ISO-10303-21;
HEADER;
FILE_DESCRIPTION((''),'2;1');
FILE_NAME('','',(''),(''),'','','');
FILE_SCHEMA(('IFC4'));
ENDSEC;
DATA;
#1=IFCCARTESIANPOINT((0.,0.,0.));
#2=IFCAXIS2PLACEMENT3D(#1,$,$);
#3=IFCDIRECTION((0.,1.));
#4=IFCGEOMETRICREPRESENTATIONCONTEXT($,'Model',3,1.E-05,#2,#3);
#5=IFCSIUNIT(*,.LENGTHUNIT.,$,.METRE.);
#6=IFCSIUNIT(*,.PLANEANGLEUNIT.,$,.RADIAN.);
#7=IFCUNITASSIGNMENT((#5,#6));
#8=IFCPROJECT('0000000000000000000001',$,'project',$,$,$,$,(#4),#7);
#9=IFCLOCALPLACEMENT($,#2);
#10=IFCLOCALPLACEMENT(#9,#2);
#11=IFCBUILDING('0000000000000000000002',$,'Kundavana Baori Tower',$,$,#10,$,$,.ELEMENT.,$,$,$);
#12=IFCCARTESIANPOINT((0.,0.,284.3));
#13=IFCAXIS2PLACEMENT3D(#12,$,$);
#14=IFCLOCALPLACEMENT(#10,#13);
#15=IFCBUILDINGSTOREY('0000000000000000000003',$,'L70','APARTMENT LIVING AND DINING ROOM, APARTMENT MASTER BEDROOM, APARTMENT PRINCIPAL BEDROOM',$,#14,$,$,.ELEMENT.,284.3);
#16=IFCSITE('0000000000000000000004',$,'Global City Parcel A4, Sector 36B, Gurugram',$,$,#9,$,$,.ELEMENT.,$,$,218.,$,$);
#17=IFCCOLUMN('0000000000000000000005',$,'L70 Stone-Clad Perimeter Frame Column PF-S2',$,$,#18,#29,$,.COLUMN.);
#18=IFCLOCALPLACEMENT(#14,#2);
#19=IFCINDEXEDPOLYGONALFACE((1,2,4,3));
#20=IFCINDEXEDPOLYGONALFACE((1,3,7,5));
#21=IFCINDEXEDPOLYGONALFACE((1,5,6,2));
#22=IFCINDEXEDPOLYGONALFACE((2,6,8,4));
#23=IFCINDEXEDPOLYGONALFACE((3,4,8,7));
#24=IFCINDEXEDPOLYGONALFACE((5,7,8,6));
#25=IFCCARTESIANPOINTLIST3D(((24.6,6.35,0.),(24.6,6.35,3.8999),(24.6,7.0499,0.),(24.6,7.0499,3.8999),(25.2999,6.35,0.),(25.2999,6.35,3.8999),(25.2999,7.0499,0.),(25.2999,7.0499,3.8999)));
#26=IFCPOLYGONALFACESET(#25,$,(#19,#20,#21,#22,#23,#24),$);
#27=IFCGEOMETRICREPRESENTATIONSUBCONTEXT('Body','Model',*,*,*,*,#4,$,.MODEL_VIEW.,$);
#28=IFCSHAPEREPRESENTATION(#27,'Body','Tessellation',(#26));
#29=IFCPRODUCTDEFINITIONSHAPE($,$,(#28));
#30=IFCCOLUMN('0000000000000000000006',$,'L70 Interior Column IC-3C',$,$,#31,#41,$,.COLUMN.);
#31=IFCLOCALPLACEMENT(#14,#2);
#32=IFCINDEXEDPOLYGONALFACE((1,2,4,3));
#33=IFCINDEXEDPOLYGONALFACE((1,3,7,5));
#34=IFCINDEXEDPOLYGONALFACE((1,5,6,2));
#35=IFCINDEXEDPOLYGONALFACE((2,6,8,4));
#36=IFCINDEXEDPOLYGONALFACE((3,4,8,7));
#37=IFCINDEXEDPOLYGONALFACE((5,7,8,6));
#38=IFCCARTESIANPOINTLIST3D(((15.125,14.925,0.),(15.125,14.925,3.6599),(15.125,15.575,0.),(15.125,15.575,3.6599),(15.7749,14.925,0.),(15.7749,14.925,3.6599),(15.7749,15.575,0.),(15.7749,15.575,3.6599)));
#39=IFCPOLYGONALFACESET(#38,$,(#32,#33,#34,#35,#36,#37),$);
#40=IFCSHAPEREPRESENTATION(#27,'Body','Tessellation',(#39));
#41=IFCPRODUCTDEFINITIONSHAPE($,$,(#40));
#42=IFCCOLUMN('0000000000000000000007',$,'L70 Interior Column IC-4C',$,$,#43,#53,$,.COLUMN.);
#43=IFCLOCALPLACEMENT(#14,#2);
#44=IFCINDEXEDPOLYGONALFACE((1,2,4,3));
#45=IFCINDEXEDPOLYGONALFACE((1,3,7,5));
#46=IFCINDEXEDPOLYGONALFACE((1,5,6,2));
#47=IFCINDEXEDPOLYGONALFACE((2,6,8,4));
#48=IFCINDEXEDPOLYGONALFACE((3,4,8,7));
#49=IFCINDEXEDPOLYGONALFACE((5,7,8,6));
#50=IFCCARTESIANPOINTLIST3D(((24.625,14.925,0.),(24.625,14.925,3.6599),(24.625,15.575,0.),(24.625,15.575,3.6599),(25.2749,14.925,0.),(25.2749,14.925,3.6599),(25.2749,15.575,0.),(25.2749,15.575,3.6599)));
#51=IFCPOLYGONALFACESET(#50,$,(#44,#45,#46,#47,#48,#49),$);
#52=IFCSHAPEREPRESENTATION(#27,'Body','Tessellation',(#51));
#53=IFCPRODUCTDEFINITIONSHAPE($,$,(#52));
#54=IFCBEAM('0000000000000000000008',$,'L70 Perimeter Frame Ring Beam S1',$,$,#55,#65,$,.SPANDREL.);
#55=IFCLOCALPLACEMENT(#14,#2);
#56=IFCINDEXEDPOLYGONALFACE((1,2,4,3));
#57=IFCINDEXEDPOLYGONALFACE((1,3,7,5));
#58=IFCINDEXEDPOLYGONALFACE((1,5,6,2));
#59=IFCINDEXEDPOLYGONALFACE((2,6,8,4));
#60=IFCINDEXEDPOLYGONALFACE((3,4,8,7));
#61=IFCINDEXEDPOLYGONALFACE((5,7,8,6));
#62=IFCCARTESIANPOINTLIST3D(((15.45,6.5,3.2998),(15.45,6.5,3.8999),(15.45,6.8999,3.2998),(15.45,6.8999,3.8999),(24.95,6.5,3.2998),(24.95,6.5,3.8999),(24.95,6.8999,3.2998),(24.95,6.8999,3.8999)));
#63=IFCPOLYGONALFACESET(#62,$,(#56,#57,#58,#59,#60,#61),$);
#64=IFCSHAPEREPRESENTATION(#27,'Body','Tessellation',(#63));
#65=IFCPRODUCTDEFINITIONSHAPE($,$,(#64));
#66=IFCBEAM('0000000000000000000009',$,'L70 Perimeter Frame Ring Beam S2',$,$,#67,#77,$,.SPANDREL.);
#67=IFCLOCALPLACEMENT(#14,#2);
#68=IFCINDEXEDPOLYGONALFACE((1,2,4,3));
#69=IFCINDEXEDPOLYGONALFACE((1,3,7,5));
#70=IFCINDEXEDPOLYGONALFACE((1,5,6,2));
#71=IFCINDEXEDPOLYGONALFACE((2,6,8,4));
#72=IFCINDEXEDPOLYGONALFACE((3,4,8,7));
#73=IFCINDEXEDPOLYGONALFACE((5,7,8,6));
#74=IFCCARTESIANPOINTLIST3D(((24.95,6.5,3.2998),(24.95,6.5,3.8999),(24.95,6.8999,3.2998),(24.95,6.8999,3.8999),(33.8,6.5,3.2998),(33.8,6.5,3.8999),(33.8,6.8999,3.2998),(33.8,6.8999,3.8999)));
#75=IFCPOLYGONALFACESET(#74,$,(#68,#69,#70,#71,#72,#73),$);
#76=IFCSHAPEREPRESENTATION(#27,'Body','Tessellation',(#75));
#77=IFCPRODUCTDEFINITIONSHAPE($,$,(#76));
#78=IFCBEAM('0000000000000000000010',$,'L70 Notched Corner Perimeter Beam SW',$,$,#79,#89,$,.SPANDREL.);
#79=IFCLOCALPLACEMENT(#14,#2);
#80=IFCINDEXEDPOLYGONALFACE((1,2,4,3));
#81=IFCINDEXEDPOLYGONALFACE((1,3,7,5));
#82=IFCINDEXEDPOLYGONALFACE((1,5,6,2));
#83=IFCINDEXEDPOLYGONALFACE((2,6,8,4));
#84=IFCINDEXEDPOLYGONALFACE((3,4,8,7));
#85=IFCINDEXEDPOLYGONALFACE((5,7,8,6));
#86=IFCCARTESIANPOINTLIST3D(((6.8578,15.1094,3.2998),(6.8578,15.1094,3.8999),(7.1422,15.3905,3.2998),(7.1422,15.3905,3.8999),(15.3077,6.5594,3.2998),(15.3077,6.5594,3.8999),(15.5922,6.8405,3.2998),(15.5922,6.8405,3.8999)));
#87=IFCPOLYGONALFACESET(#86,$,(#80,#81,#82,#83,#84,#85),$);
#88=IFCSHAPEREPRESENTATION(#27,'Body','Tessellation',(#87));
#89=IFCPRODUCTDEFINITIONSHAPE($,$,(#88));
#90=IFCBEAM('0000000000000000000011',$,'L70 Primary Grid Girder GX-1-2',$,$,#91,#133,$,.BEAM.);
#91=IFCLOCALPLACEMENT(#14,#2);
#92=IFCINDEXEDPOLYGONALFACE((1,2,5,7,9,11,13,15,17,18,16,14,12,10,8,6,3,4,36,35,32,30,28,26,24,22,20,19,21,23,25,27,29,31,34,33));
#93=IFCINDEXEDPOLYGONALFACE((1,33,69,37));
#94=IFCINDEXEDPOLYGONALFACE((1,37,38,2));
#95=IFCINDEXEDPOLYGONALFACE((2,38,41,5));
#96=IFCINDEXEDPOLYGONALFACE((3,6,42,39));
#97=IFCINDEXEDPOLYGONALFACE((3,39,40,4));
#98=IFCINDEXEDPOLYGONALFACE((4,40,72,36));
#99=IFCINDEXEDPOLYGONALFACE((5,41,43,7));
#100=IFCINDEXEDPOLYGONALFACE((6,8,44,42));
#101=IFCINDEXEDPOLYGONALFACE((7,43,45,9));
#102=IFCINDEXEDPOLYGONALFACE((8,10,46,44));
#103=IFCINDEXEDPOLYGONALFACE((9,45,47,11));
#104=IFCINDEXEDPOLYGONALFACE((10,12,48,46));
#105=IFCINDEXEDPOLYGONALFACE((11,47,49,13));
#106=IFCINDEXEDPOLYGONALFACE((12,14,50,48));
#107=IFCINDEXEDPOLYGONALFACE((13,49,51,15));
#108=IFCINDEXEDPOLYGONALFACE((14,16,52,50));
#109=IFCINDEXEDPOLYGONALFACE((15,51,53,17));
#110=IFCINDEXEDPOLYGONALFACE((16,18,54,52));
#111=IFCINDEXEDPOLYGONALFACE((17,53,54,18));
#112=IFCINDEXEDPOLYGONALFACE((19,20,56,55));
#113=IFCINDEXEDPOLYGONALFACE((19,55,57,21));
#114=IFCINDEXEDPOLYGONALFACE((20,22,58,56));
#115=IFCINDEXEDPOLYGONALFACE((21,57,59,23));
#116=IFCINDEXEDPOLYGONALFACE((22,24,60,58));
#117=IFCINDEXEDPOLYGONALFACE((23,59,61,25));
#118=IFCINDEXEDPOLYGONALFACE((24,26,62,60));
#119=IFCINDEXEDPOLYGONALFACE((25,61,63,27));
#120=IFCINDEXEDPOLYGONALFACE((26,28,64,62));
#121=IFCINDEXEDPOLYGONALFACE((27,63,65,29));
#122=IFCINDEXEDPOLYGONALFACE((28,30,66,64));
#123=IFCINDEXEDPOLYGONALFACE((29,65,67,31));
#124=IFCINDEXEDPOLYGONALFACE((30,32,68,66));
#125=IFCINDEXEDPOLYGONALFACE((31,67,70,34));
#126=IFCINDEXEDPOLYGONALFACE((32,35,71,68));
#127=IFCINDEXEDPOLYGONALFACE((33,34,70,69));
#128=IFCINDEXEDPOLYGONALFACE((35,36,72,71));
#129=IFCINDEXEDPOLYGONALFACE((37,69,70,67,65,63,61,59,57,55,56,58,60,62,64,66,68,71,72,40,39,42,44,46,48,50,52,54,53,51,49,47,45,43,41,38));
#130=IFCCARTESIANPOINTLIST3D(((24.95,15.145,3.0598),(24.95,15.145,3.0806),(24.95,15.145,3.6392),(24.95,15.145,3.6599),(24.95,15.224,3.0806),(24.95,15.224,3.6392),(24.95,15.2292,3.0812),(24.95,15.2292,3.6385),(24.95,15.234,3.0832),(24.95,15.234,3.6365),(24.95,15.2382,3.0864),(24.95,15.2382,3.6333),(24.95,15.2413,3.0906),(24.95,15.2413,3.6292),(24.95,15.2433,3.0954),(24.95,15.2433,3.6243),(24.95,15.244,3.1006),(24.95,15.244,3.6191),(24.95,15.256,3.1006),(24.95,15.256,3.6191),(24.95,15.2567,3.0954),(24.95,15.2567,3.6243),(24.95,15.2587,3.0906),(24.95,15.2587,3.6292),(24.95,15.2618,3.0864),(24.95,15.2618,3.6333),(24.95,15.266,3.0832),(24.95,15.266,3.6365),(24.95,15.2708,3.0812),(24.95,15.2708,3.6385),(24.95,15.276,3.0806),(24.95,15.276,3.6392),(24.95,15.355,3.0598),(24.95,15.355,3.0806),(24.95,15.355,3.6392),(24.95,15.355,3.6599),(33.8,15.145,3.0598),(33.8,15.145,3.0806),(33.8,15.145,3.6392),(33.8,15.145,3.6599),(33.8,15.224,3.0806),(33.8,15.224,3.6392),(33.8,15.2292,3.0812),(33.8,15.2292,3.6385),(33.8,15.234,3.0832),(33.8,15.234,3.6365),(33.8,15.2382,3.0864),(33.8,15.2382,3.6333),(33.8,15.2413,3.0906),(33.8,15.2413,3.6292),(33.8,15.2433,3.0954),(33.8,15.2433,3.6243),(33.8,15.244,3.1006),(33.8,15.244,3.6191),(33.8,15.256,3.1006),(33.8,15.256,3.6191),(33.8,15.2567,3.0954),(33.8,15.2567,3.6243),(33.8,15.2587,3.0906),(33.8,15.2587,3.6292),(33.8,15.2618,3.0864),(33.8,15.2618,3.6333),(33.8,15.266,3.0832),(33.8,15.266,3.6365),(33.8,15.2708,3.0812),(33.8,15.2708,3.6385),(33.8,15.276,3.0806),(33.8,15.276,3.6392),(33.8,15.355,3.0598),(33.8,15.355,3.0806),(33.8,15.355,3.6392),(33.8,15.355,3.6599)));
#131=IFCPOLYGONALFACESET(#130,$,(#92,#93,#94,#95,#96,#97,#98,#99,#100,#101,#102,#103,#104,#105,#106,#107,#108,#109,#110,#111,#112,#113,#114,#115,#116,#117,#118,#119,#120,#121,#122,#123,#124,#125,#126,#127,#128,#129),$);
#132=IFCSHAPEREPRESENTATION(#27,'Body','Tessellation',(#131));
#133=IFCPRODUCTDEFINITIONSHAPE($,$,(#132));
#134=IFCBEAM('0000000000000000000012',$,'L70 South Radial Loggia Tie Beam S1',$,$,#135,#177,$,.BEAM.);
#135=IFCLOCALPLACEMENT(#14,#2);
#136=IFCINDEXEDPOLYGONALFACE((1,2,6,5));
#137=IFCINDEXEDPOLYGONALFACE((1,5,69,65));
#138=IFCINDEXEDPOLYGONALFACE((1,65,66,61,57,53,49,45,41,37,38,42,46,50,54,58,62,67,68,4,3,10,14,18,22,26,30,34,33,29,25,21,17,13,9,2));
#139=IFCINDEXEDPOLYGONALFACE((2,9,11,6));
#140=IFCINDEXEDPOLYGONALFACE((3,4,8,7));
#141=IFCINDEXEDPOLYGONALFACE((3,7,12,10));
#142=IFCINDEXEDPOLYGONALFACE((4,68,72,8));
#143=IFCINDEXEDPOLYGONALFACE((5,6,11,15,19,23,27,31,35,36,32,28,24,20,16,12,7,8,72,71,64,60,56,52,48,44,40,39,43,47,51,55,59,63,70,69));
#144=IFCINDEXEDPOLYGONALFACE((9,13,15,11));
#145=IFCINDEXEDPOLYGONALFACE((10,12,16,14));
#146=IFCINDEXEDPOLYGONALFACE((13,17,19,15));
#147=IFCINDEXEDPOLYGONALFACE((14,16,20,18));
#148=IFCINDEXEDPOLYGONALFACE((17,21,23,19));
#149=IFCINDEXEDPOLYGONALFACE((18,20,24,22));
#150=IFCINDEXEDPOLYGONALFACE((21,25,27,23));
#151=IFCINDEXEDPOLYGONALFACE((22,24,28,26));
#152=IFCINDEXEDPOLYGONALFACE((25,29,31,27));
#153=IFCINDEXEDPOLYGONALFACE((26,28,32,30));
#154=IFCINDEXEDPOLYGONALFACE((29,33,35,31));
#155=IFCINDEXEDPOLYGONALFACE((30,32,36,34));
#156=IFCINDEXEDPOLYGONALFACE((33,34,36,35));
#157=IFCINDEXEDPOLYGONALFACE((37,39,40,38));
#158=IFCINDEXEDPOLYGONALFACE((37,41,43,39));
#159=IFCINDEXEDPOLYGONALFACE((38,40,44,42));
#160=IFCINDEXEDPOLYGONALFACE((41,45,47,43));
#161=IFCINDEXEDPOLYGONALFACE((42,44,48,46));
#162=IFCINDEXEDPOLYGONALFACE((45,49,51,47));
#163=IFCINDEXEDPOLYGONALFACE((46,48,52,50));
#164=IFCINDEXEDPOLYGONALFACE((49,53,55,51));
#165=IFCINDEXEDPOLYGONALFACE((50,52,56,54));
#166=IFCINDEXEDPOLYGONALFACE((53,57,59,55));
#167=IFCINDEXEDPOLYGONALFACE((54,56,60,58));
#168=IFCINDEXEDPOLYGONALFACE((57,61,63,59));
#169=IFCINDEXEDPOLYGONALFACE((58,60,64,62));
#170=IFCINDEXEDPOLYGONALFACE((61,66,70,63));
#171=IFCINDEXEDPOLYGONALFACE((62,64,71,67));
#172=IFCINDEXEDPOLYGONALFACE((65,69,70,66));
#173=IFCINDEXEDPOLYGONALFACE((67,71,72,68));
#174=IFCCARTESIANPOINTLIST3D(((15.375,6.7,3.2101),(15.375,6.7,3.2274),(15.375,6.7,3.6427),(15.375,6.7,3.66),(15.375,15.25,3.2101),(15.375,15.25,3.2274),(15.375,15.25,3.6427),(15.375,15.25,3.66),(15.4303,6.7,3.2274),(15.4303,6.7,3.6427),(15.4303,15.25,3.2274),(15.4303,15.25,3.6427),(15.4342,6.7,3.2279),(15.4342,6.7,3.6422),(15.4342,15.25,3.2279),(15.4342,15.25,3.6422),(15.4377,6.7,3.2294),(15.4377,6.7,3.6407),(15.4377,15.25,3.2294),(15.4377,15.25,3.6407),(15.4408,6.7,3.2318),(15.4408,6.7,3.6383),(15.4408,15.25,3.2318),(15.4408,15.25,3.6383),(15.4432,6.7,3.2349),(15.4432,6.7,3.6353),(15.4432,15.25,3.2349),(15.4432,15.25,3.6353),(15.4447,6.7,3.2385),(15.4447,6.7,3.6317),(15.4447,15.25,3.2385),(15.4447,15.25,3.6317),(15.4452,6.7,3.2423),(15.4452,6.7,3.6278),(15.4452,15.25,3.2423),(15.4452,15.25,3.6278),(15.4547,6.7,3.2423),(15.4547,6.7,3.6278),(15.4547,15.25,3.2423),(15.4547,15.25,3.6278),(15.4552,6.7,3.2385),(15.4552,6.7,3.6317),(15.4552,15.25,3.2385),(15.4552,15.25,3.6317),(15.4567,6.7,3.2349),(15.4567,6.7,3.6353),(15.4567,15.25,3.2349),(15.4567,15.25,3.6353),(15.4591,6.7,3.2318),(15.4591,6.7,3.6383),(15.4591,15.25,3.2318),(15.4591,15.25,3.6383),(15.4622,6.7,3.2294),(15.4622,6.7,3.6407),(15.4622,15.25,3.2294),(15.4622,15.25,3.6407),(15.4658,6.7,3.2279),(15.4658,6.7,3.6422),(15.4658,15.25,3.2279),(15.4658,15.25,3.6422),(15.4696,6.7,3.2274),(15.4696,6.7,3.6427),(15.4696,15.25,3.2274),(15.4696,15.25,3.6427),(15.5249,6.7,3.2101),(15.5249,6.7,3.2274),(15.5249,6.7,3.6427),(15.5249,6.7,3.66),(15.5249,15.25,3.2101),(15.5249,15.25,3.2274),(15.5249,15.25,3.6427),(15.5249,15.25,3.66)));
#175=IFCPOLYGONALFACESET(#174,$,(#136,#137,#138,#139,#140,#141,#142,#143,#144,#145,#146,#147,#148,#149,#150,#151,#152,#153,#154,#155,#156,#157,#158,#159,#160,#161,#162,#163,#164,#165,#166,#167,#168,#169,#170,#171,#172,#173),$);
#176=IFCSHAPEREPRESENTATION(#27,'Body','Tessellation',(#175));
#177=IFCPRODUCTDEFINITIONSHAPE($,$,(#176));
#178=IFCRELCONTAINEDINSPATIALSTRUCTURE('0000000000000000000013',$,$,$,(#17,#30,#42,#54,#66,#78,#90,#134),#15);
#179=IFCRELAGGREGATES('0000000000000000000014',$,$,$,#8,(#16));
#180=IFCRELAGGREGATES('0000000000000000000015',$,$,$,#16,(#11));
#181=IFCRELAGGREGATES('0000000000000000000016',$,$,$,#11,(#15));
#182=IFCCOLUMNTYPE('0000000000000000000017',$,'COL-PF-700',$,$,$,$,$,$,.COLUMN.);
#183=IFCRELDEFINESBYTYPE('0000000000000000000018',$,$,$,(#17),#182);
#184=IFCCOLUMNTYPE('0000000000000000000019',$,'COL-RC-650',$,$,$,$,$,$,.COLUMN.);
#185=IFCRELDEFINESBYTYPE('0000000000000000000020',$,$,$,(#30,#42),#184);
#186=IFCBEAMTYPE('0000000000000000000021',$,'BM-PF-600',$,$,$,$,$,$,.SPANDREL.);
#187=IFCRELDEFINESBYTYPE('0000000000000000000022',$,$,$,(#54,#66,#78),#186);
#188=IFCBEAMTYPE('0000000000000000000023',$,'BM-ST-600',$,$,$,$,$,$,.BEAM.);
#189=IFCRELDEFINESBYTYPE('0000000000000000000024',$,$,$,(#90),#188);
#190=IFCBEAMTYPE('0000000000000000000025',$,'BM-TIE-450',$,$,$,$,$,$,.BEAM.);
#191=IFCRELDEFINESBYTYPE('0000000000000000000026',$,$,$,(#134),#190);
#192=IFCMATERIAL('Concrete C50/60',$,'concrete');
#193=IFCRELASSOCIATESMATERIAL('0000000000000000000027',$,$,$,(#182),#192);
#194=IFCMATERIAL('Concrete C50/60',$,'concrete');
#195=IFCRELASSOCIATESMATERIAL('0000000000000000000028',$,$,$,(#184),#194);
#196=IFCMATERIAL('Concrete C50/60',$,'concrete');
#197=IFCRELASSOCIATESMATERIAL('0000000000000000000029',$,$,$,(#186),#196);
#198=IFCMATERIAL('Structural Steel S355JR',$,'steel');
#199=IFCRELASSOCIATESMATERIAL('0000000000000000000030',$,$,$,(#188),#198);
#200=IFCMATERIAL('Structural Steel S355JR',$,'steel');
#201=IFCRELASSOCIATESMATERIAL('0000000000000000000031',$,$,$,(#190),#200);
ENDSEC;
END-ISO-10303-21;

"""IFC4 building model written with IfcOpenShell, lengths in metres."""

from ifc_helpers import new_model, si_unit, direction, frame, origin, origin_2d, place, context, subcontext, project, spatial, rectangle, i_section, extrude, material, material_profile, profile_set, type_object, element, save


model = new_model("IFC4")

# Units and contexts
model_context = context("Model", 3, precision=1e-05, world=origin(), true_north=direction((0.0, 1.0)))
body_context = subcontext(model_context, "Body", "Model", "MODEL_VIEW")
ifc_project = project(units=[si_unit("LENGTHUNIT", "METRE"), si_unit("PLANEANGLEUNIT", "RADIAN")], contexts=[model_context])

# Site, building, storey
site_placement = place(None, origin())
site = spatial("IfcSite", under=ifc_project, at=site_placement, Name="Global City Parcel A4, Sector 36B, Gurugram", CompositionType="ELEMENT", RefElevation=218.0)
building_placement = place(site_placement, origin())
building = spatial("IfcBuilding", under=site, at=building_placement, Name="Kundavana Baori Tower", CompositionType="ELEMENT")
storey_placement = place(building_placement, frame((0.0, 0.0, 284.3)))
storey = spatial("IfcBuildingStorey", under=building, at=storey_placement, Name="L70", Description="APARTMENT LIVING AND DINING ROOM, APARTMENT MASTER BEDROOM, APARTMENT PRINCIPAL BEDROOM", CompositionType="ELEMENT", Elevation=284.3)

# Columns
ifc_material_1 = material(Name="Concrete C50/60", Category="concrete")
ifc_material_profile_1 = material_profile(ifc_material_1, rectangle(XDim=0.7, YDim=0.7, at=origin_2d()), Name="RC PF 700x700")
ifc_profile_set_1 = profile_set([ifc_material_profile_1], Name="Concrete C50/60")
column_type_1 = type_object("IfcColumnType", Name="COL-PF-700", PredefinedType="COLUMN", material=ifc_profile_set_1)
column_placement = place(storey_placement, frame((24.95, 6.7, 0.0), z_axis=(0.0, 0.0, 1.0), x_axis=(1.0, 0.0, 0.0)))
element("IfcColumn", 1, at=column_placement, inside=storey, type_object=column_type_1, Name="L70 Stone-Clad Perimeter Frame Column PF-S2", PredefinedType="COLUMN", context=body_context, shape_type="SweptSolid", body=[
    extrude(rectangle(XDim=0.7, YDim=0.7, at=origin_2d()), origin(), (0.0, 0.0, 1.0), 3.8999),
])
ifc_material_2 = material(Name="Concrete C50/60", Category="concrete")
ifc_material_profile_2 = material_profile(ifc_material_2, rectangle(XDim=0.6499, YDim=0.6499, at=origin_2d()), Name="RC 650x650")
ifc_profile_set_2 = profile_set([ifc_material_profile_2], Name="Concrete C50/60")
column_type_2 = type_object("IfcColumnType", Name="COL-RC-650", PredefinedType="COLUMN", material=ifc_profile_set_2)
for number, where, z_axis, x_axis, name in (
    (2, (15.45, 15.25, 0.0), (0.0, 0.0, 1.0), (1.0, 0.0, 0.0), "L70 Interior Column IC-3C"),
    (3, (24.95, 15.25, 0.0), (0.0, 0.0, 1.0), (1.0, 0.0, 0.0), "L70 Interior Column IC-4C"),
):
    element("IfcColumn", number, at=place(storey_placement, frame(where, z_axis=z_axis, x_axis=x_axis)), inside=storey, type_object=column_type_2, Name=name, PredefinedType="COLUMN", context=body_context, shape_type="SweptSolid", body=[
        extrude(rectangle(XDim=0.6499, YDim=0.6499, at=origin_2d()), origin(), (0.0, 0.0, 1.0), 3.6599),
    ])

# Beams
ifc_material_3 = material(Name="Concrete C50/60", Category="concrete")
ifc_material_profile_3 = material_profile(ifc_material_3, rectangle(XDim=0.3999, YDim=0.6001, at=origin_2d()), Name="RC BM 400x600")
ifc_profile_set_3 = profile_set([ifc_material_profile_3], Name="Concrete C50/60")
beam_type_1 = type_object("IfcBeamType", Name="BM-PF-600", PredefinedType="SPANDREL", material=ifc_profile_set_3)
beam_1_placement = place(storey_placement, frame((15.45, 6.7, 3.5999), z_axis=(1.0, 0.0, 0.0), x_axis=(0.0, 1.0, 0.0)))
element("IfcBeam", 4, at=beam_1_placement, inside=storey, type_object=beam_type_1, Name="L70 Perimeter Frame Ring Beam S1", PredefinedType="SPANDREL", context=body_context, shape_type="SweptSolid", body=[
    extrude(rectangle(XDim=0.3999, YDim=0.6001, at=origin_2d()), origin(), (0.0, 0.0, 1.0), 9.5),
])
beam_2_placement = place(storey_placement, frame((24.95, 6.7, 3.5999), z_axis=(1.0, 0.0, 0.0), x_axis=(0.0, 1.0, 0.0)))
element("IfcBeam", 5, at=beam_2_placement, inside=storey, type_object=beam_type_1, Name="L70 Perimeter Frame Ring Beam S2", PredefinedType="SPANDREL", context=body_context, shape_type="SweptSolid", body=[
    extrude(rectangle(XDim=0.3999, YDim=0.6001, at=origin_2d()), origin(), (0.0, 0.0, 1.0), 8.8501),
])
beam_3_placement = place(storey_placement, frame((15.45, 6.7, 3.5999), z_axis=(-0.702931, 0.711258, 0.0), x_axis=(-0.711258, -0.702931, 0.0)))
element("IfcBeam", 6, at=beam_3_placement, inside=storey, type_object=beam_type_1, Name="L70 Notched Corner Perimeter Beam SW", PredefinedType="SPANDREL", context=body_context, shape_type="SweptSolid", body=[
    extrude(rectangle(XDim=0.3999, YDim=0.6001, at=origin_2d()), origin(), (0.0, 0.0, 1.0), 12.021),
])
ifc_material_4 = material(Name="Structural Steel S355JR", Category="steel")
ifc_material_profile_4 = material_profile(ifc_material_4, i_section(OverallWidth=0.21, OverallDepth=0.6001, WebThickness=0.012, FlangeThickness=0.0208, FilletRadius=0.02, at=origin_2d()), Name="ISMB 600")
ifc_profile_set_4 = profile_set([ifc_material_profile_4], Name="Structural Steel S355JR")
beam_type_2 = type_object("IfcBeamType", Name="BM-ST-600", PredefinedType="BEAM", material=ifc_profile_set_4)
beam_4_placement = place(storey_placement, frame((24.95, 15.25, 3.3599), z_axis=(1.0, 0.0, 0.0), x_axis=(0.0, 1.0, 0.0)))
element("IfcBeam", 7, at=beam_4_placement, inside=storey, type_object=beam_type_2, Name="L70 Primary Grid Girder GX-1-2", PredefinedType="BEAM", context=body_context, shape_type="SweptSolid", body=[
    extrude(i_section(OverallWidth=0.21, OverallDepth=0.6001, WebThickness=0.012, FlangeThickness=0.0208, FilletRadius=0.02, at=origin_2d()), origin(), (0.0, 0.0, 1.0), 8.8501),
])
ifc_material_5 = material(Name="Structural Steel S355JR", Category="steel")
ifc_material_profile_5 = material_profile(ifc_material_5, i_section(OverallWidth=0.1499, OverallDepth=0.45, WebThickness=0.0095, FlangeThickness=0.0173, FilletRadius=0.0149, at=origin_2d()), Name="ISMB 450")
ifc_profile_set_5 = profile_set([ifc_material_profile_5], Name="Structural Steel S355JR")
beam_type_3 = type_object("IfcBeamType", Name="BM-TIE-450", PredefinedType="BEAM", material=ifc_profile_set_5)
for number, where, z_axis, x_axis, name in (
    (8, (15.45, 15.25, 3.4351), (0.0, -1.0, 0.0), (1.0, 0.0, 0.0), "L70 South Radial Loggia Tie Beam S1"),
):
    element("IfcBeam", number, at=place(storey_placement, frame(where, z_axis=z_axis, x_axis=x_axis)), inside=storey, type_object=beam_type_3, Name=name, PredefinedType="BEAM", context=body_context, shape_type="SweptSolid", body=[
        extrude(i_section(OverallWidth=0.1499, OverallDepth=0.45, WebThickness=0.0095, FlangeThickness=0.0173, FilletRadius=0.0149, at=origin_2d()), origin(), (0.0, 0.0, 1.0), 8.55),
    ])

save(model, "model.ifc")
